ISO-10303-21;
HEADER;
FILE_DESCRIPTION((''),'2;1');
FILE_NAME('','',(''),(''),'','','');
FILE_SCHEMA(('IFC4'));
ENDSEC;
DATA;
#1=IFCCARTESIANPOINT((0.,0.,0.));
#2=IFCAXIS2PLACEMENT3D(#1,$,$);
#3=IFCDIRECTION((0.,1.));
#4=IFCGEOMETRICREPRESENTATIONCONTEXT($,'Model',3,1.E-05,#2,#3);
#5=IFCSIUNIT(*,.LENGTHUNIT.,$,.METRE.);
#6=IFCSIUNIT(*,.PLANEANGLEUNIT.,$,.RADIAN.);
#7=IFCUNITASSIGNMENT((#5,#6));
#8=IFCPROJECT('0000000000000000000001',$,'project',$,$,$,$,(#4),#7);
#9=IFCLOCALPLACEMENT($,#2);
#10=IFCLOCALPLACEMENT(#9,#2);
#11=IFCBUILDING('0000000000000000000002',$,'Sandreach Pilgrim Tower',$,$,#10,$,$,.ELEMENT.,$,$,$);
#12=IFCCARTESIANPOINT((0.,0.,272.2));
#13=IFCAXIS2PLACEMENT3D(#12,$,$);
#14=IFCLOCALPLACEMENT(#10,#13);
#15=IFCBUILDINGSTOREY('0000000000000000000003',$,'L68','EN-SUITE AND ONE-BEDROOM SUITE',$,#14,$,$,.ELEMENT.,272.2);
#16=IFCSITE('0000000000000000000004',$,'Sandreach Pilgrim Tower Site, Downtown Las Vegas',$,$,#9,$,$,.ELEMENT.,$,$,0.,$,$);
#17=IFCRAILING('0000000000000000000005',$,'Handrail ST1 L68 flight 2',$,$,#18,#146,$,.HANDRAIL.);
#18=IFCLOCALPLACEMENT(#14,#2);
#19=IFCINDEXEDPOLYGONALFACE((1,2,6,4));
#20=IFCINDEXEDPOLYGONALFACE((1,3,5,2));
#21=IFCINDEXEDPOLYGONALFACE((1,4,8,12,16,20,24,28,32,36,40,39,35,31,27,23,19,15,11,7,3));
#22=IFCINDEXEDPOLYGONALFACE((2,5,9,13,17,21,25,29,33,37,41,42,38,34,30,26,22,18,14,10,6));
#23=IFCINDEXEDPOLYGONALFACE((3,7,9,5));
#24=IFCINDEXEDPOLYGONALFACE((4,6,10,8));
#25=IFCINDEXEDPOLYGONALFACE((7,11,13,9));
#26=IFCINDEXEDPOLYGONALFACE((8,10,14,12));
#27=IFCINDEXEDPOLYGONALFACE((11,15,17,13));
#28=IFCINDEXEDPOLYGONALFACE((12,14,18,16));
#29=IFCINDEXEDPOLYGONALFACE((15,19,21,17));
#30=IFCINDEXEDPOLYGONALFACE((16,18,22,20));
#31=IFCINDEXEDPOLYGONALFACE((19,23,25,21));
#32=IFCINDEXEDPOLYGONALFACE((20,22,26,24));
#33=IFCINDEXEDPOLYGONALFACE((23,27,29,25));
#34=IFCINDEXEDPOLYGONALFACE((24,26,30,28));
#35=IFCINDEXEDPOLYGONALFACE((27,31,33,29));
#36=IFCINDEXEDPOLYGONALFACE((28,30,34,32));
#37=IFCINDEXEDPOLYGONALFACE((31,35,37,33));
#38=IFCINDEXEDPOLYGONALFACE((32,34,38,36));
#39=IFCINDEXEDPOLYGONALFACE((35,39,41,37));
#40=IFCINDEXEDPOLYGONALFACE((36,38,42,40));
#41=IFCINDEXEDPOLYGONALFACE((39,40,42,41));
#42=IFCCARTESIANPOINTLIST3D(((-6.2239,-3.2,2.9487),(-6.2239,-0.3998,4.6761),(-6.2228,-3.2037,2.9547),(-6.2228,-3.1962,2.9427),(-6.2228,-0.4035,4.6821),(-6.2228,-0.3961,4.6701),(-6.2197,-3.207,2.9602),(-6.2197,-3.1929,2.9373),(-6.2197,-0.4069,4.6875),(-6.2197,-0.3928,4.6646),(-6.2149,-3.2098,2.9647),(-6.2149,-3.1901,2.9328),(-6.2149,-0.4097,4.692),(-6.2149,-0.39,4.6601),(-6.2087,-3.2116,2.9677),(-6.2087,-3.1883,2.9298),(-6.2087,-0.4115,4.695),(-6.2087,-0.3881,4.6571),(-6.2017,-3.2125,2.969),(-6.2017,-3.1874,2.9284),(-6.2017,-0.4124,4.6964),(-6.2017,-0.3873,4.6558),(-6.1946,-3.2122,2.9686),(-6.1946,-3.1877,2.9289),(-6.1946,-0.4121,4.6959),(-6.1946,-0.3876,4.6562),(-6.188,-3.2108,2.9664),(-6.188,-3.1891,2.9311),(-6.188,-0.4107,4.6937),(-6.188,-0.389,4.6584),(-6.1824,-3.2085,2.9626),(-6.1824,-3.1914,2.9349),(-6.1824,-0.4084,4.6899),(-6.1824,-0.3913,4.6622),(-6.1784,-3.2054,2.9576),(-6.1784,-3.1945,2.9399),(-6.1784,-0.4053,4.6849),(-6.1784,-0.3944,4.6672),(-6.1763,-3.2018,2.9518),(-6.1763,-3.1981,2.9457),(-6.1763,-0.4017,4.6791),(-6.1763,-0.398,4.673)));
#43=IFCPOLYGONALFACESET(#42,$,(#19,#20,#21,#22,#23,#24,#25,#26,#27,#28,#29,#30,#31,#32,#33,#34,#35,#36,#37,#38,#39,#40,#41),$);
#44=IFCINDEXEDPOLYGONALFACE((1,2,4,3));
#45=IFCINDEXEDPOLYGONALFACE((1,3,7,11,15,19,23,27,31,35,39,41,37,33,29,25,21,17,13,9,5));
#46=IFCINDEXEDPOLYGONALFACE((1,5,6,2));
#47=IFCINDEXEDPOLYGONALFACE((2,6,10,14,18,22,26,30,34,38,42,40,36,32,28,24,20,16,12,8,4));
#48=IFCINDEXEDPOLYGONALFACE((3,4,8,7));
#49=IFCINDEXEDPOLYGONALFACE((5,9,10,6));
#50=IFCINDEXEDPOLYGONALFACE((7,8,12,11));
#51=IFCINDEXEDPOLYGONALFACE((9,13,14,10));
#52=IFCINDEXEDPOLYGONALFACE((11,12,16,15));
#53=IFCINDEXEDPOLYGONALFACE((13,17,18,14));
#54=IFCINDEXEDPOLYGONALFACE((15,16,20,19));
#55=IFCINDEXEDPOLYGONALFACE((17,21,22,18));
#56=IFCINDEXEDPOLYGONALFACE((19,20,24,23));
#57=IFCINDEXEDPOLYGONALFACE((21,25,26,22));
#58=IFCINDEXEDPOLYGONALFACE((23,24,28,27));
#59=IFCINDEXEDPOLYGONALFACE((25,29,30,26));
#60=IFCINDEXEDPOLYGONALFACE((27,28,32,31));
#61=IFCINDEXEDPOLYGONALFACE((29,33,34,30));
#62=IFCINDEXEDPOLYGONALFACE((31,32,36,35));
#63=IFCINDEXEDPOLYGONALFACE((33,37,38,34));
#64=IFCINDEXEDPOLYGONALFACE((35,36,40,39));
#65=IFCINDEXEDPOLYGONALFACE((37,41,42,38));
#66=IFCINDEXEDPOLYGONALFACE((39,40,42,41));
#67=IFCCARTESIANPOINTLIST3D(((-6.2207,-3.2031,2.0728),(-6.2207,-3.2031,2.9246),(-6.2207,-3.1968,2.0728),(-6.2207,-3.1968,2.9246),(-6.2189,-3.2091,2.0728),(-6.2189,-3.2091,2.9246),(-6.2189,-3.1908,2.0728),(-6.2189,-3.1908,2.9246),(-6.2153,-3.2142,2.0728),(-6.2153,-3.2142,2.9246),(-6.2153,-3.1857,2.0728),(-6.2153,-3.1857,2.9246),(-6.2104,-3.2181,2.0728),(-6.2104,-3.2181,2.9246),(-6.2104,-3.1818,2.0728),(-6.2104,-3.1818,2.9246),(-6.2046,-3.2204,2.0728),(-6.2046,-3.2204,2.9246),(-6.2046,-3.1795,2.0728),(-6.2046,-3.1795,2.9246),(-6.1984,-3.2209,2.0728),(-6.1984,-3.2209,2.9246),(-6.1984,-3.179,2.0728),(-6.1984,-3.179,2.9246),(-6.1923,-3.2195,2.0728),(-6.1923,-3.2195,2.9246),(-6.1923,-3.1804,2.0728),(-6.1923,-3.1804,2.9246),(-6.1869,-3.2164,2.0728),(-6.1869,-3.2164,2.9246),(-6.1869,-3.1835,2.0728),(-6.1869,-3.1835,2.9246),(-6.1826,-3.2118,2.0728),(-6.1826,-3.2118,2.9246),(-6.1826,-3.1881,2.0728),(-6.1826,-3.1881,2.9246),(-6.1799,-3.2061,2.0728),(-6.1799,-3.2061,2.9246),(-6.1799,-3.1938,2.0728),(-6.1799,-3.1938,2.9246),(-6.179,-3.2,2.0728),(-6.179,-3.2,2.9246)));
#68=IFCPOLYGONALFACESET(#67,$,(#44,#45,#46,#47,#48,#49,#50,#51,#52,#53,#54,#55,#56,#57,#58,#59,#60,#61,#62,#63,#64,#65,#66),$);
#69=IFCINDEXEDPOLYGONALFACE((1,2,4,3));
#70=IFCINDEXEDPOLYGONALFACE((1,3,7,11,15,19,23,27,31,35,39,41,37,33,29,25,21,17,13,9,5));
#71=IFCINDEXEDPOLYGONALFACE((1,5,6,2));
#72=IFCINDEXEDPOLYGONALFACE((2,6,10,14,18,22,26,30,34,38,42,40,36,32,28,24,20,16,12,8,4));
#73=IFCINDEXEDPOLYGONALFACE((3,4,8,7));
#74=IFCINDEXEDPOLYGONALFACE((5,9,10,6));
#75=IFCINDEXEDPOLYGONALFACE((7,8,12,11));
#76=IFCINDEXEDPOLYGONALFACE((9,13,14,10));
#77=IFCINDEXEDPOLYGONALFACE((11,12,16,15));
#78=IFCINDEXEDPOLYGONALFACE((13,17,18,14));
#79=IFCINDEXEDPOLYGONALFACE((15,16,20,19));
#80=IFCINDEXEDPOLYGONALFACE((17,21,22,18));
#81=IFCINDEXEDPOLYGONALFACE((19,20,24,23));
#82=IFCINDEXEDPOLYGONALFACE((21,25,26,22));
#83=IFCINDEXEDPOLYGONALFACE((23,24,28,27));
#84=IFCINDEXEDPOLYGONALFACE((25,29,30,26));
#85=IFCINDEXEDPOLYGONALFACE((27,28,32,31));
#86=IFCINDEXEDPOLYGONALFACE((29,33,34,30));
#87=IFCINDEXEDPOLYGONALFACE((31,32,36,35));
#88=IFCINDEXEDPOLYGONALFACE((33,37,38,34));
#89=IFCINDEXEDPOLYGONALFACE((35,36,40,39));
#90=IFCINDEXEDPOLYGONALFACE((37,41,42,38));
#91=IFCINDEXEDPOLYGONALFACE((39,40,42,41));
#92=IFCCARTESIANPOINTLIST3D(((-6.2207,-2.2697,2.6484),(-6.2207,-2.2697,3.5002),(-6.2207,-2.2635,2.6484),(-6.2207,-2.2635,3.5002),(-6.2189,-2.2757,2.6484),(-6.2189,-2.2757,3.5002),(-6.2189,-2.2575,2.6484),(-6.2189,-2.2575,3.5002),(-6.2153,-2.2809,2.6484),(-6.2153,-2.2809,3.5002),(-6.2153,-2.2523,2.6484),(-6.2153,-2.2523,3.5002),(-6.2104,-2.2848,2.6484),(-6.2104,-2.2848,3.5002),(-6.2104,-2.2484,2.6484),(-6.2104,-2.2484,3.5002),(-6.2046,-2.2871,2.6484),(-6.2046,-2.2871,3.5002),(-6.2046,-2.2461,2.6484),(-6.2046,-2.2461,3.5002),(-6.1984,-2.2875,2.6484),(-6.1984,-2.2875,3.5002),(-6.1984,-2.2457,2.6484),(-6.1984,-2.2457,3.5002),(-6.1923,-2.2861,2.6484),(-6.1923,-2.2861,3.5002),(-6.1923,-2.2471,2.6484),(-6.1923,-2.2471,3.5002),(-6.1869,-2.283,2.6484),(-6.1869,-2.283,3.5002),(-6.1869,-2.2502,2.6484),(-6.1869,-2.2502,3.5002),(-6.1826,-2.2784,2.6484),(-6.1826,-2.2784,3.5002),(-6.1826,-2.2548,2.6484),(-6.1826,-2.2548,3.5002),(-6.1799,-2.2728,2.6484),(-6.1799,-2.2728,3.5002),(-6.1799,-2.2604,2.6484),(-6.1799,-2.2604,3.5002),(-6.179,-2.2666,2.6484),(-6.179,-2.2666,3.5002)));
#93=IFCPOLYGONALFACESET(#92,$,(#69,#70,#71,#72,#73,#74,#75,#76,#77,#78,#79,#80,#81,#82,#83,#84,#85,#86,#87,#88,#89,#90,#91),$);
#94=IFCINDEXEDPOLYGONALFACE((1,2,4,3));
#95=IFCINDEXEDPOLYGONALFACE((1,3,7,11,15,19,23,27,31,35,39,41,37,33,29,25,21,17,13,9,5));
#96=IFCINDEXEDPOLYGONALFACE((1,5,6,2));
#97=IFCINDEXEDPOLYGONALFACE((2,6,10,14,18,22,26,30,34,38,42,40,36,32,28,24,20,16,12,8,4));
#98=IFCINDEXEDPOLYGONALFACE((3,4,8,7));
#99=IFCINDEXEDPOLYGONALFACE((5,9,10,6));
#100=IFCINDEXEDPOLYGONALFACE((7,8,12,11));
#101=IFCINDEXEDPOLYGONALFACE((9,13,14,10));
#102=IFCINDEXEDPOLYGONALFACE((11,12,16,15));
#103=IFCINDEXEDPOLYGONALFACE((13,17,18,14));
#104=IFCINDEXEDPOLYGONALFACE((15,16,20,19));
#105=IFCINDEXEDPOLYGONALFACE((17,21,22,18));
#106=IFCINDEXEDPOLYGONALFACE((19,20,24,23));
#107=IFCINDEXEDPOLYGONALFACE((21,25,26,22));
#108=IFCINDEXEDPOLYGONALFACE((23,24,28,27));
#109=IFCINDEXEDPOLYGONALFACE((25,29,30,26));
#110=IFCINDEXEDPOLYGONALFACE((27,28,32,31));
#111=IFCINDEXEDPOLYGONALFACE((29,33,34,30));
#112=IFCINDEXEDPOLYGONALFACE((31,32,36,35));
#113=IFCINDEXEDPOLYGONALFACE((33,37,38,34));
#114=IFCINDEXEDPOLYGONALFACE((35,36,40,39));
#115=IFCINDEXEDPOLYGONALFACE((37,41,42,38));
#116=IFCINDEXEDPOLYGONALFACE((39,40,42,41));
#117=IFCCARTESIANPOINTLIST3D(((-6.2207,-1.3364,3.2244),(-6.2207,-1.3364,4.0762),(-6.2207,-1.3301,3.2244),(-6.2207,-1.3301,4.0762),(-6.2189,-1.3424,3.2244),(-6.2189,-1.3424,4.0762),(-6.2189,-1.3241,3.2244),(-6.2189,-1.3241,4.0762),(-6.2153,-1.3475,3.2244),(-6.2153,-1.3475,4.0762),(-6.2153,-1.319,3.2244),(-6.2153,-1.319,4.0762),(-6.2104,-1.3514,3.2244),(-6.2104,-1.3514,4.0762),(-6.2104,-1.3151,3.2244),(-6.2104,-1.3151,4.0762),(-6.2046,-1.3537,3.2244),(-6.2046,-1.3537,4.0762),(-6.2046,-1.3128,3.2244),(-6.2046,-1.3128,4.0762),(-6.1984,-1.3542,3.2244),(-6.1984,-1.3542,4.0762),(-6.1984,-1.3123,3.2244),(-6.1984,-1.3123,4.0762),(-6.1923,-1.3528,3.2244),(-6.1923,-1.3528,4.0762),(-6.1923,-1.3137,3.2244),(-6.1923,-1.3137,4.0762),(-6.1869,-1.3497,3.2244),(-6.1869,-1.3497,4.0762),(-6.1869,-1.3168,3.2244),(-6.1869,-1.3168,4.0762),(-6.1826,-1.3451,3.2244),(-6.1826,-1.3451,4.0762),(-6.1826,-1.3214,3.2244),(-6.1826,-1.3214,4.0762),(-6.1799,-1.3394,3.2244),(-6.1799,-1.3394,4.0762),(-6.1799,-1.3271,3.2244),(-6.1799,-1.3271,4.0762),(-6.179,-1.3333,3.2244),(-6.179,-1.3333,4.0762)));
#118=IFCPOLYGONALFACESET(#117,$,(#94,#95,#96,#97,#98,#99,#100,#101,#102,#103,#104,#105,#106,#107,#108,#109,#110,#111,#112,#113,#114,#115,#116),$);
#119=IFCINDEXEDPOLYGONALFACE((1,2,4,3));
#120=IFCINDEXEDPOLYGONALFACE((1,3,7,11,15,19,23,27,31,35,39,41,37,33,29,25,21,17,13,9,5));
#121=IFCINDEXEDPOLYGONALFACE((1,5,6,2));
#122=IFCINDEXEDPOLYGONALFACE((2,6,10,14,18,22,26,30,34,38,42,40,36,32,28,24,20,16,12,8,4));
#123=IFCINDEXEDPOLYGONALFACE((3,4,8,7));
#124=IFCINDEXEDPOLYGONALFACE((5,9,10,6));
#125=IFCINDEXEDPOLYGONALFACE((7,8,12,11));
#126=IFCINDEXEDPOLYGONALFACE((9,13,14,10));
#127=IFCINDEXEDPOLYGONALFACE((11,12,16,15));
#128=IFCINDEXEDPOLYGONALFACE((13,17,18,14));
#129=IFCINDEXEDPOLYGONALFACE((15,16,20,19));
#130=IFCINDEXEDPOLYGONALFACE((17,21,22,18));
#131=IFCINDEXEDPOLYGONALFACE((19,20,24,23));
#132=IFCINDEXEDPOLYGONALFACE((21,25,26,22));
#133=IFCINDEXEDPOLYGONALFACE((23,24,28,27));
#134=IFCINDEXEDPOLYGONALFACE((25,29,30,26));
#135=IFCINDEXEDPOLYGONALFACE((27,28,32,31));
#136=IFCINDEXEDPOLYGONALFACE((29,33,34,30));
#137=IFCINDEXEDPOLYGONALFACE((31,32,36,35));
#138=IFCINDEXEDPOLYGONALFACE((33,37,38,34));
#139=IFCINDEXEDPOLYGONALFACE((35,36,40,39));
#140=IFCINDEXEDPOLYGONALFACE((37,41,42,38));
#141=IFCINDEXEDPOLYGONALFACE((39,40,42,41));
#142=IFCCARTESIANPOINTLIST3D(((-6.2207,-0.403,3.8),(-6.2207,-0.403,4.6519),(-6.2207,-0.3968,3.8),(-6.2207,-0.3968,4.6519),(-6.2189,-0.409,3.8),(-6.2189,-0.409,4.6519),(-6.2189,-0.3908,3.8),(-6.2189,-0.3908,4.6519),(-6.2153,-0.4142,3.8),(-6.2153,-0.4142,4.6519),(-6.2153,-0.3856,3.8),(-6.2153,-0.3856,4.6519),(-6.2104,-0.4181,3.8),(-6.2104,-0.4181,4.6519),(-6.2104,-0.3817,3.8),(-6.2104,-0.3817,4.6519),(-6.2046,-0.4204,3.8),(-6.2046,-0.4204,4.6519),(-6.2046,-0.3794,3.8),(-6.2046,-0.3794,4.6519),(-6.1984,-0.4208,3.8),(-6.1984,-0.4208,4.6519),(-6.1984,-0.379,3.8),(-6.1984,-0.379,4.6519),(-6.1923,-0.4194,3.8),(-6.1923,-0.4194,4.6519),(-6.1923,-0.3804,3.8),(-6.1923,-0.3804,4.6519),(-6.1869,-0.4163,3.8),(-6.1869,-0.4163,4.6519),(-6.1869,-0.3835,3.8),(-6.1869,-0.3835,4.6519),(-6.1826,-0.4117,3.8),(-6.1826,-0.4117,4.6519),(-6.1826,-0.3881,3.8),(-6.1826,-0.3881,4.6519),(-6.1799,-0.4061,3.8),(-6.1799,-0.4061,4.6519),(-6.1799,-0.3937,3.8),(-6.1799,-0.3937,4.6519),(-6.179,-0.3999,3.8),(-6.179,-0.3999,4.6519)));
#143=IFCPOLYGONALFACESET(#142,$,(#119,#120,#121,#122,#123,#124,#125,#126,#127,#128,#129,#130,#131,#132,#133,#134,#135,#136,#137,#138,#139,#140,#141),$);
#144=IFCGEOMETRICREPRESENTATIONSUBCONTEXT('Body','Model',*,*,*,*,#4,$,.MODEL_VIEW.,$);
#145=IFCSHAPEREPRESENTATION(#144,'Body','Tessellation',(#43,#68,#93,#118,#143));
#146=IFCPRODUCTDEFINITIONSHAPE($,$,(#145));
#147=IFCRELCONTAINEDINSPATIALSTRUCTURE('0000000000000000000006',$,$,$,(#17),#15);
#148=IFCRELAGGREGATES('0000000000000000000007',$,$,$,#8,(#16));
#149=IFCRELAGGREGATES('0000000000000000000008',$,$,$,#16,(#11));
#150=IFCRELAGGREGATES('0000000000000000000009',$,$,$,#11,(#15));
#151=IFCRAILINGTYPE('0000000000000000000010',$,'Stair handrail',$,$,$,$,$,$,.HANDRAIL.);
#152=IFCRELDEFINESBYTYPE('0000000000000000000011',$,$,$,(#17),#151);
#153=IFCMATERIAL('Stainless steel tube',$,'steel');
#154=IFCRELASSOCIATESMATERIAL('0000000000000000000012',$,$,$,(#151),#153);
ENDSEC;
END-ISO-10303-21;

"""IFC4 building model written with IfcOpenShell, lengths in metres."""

from ifc_helpers import new_model, si_unit, direction, frame, origin, origin_2d, place, context, subcontext, project, spatial, circle, extrude, material, type_object, element, save


model = new_model("IFC4")

# Units and contexts
model_context = context("Model", 3, precision=1e-05, world=origin(), true_north=direction((0.0, 1.0)))
body_context = subcontext(model_context, "Body", "Model", "MODEL_VIEW")
ifc_project = project(units=[si_unit("LENGTHUNIT", "METRE"), si_unit("PLANEANGLEUNIT", "RADIAN")], contexts=[model_context])

# Site, building, storey
site_placement = place(None, origin())
site = spatial("IfcSite", under=ifc_project, at=site_placement, Name="Sandreach Pilgrim Tower Site, Downtown Las Vegas", CompositionType="ELEMENT", RefElevation=0.0)
building_placement = place(site_placement, origin())
building = spatial("IfcBuilding", under=site, at=building_placement, Name="Sandreach Pilgrim Tower", CompositionType="ELEMENT")
storey_placement = place(building_placement, frame((0.0, 0.0, 272.2)))
storey = spatial("IfcBuildingStorey", under=building, at=storey_placement, Name="L68", Description="EN-SUITE AND ONE-BEDROOM SUITE", CompositionType="ELEMENT", Elevation=272.2)

# Railing
ifc_material_1 = material(Name="Stainless steel tube", Category="steel")
railing_type = type_object("IfcRailingType", Name="Stair handrail", PredefinedType="HANDRAIL", material=ifc_material_1)
for number, where, name in (
    (1, (-6.2, -3.2, 2.0728), "Handrail ST1 L68 flight 2"),
):
    element("IfcRailing", number, at=place(storey_placement, frame(where)), inside=storey, type_object=railing_type, Name=name, PredefinedType="HANDRAIL", context=body_context, shape_type="SweptSolid", body=[
        extrude(circle(Radius=0.0239, at=origin_2d()), frame((0.0, 0.0, 0.876), z_axis=(0.0, 0.85109, 0.52502), x_axis=(-1.0, 0.0, 0.0)), (0.0, 0.0, 1.0), 3.29),
        extrude(circle(Radius=0.021, at=origin_2d()), origin(), (0.0, 0.0, 1.0), 0.8518),
        extrude(circle(Radius=0.021, at=origin_2d()), frame((0.0, 0.9333, 0.5757)), (0.0, 0.0, 1.0), 0.8518),
        extrude(circle(Radius=0.021, at=origin_2d()), frame((0.0, 1.8667, 1.1516)), (0.0, 0.0, 1.0), 0.8518),
        extrude(circle(Radius=0.021, at=origin_2d()), frame((0.0, 2.8, 1.7273)), (0.0, 0.0, 1.0), 0.8518),
    ])

save(model, "model.ifc")
